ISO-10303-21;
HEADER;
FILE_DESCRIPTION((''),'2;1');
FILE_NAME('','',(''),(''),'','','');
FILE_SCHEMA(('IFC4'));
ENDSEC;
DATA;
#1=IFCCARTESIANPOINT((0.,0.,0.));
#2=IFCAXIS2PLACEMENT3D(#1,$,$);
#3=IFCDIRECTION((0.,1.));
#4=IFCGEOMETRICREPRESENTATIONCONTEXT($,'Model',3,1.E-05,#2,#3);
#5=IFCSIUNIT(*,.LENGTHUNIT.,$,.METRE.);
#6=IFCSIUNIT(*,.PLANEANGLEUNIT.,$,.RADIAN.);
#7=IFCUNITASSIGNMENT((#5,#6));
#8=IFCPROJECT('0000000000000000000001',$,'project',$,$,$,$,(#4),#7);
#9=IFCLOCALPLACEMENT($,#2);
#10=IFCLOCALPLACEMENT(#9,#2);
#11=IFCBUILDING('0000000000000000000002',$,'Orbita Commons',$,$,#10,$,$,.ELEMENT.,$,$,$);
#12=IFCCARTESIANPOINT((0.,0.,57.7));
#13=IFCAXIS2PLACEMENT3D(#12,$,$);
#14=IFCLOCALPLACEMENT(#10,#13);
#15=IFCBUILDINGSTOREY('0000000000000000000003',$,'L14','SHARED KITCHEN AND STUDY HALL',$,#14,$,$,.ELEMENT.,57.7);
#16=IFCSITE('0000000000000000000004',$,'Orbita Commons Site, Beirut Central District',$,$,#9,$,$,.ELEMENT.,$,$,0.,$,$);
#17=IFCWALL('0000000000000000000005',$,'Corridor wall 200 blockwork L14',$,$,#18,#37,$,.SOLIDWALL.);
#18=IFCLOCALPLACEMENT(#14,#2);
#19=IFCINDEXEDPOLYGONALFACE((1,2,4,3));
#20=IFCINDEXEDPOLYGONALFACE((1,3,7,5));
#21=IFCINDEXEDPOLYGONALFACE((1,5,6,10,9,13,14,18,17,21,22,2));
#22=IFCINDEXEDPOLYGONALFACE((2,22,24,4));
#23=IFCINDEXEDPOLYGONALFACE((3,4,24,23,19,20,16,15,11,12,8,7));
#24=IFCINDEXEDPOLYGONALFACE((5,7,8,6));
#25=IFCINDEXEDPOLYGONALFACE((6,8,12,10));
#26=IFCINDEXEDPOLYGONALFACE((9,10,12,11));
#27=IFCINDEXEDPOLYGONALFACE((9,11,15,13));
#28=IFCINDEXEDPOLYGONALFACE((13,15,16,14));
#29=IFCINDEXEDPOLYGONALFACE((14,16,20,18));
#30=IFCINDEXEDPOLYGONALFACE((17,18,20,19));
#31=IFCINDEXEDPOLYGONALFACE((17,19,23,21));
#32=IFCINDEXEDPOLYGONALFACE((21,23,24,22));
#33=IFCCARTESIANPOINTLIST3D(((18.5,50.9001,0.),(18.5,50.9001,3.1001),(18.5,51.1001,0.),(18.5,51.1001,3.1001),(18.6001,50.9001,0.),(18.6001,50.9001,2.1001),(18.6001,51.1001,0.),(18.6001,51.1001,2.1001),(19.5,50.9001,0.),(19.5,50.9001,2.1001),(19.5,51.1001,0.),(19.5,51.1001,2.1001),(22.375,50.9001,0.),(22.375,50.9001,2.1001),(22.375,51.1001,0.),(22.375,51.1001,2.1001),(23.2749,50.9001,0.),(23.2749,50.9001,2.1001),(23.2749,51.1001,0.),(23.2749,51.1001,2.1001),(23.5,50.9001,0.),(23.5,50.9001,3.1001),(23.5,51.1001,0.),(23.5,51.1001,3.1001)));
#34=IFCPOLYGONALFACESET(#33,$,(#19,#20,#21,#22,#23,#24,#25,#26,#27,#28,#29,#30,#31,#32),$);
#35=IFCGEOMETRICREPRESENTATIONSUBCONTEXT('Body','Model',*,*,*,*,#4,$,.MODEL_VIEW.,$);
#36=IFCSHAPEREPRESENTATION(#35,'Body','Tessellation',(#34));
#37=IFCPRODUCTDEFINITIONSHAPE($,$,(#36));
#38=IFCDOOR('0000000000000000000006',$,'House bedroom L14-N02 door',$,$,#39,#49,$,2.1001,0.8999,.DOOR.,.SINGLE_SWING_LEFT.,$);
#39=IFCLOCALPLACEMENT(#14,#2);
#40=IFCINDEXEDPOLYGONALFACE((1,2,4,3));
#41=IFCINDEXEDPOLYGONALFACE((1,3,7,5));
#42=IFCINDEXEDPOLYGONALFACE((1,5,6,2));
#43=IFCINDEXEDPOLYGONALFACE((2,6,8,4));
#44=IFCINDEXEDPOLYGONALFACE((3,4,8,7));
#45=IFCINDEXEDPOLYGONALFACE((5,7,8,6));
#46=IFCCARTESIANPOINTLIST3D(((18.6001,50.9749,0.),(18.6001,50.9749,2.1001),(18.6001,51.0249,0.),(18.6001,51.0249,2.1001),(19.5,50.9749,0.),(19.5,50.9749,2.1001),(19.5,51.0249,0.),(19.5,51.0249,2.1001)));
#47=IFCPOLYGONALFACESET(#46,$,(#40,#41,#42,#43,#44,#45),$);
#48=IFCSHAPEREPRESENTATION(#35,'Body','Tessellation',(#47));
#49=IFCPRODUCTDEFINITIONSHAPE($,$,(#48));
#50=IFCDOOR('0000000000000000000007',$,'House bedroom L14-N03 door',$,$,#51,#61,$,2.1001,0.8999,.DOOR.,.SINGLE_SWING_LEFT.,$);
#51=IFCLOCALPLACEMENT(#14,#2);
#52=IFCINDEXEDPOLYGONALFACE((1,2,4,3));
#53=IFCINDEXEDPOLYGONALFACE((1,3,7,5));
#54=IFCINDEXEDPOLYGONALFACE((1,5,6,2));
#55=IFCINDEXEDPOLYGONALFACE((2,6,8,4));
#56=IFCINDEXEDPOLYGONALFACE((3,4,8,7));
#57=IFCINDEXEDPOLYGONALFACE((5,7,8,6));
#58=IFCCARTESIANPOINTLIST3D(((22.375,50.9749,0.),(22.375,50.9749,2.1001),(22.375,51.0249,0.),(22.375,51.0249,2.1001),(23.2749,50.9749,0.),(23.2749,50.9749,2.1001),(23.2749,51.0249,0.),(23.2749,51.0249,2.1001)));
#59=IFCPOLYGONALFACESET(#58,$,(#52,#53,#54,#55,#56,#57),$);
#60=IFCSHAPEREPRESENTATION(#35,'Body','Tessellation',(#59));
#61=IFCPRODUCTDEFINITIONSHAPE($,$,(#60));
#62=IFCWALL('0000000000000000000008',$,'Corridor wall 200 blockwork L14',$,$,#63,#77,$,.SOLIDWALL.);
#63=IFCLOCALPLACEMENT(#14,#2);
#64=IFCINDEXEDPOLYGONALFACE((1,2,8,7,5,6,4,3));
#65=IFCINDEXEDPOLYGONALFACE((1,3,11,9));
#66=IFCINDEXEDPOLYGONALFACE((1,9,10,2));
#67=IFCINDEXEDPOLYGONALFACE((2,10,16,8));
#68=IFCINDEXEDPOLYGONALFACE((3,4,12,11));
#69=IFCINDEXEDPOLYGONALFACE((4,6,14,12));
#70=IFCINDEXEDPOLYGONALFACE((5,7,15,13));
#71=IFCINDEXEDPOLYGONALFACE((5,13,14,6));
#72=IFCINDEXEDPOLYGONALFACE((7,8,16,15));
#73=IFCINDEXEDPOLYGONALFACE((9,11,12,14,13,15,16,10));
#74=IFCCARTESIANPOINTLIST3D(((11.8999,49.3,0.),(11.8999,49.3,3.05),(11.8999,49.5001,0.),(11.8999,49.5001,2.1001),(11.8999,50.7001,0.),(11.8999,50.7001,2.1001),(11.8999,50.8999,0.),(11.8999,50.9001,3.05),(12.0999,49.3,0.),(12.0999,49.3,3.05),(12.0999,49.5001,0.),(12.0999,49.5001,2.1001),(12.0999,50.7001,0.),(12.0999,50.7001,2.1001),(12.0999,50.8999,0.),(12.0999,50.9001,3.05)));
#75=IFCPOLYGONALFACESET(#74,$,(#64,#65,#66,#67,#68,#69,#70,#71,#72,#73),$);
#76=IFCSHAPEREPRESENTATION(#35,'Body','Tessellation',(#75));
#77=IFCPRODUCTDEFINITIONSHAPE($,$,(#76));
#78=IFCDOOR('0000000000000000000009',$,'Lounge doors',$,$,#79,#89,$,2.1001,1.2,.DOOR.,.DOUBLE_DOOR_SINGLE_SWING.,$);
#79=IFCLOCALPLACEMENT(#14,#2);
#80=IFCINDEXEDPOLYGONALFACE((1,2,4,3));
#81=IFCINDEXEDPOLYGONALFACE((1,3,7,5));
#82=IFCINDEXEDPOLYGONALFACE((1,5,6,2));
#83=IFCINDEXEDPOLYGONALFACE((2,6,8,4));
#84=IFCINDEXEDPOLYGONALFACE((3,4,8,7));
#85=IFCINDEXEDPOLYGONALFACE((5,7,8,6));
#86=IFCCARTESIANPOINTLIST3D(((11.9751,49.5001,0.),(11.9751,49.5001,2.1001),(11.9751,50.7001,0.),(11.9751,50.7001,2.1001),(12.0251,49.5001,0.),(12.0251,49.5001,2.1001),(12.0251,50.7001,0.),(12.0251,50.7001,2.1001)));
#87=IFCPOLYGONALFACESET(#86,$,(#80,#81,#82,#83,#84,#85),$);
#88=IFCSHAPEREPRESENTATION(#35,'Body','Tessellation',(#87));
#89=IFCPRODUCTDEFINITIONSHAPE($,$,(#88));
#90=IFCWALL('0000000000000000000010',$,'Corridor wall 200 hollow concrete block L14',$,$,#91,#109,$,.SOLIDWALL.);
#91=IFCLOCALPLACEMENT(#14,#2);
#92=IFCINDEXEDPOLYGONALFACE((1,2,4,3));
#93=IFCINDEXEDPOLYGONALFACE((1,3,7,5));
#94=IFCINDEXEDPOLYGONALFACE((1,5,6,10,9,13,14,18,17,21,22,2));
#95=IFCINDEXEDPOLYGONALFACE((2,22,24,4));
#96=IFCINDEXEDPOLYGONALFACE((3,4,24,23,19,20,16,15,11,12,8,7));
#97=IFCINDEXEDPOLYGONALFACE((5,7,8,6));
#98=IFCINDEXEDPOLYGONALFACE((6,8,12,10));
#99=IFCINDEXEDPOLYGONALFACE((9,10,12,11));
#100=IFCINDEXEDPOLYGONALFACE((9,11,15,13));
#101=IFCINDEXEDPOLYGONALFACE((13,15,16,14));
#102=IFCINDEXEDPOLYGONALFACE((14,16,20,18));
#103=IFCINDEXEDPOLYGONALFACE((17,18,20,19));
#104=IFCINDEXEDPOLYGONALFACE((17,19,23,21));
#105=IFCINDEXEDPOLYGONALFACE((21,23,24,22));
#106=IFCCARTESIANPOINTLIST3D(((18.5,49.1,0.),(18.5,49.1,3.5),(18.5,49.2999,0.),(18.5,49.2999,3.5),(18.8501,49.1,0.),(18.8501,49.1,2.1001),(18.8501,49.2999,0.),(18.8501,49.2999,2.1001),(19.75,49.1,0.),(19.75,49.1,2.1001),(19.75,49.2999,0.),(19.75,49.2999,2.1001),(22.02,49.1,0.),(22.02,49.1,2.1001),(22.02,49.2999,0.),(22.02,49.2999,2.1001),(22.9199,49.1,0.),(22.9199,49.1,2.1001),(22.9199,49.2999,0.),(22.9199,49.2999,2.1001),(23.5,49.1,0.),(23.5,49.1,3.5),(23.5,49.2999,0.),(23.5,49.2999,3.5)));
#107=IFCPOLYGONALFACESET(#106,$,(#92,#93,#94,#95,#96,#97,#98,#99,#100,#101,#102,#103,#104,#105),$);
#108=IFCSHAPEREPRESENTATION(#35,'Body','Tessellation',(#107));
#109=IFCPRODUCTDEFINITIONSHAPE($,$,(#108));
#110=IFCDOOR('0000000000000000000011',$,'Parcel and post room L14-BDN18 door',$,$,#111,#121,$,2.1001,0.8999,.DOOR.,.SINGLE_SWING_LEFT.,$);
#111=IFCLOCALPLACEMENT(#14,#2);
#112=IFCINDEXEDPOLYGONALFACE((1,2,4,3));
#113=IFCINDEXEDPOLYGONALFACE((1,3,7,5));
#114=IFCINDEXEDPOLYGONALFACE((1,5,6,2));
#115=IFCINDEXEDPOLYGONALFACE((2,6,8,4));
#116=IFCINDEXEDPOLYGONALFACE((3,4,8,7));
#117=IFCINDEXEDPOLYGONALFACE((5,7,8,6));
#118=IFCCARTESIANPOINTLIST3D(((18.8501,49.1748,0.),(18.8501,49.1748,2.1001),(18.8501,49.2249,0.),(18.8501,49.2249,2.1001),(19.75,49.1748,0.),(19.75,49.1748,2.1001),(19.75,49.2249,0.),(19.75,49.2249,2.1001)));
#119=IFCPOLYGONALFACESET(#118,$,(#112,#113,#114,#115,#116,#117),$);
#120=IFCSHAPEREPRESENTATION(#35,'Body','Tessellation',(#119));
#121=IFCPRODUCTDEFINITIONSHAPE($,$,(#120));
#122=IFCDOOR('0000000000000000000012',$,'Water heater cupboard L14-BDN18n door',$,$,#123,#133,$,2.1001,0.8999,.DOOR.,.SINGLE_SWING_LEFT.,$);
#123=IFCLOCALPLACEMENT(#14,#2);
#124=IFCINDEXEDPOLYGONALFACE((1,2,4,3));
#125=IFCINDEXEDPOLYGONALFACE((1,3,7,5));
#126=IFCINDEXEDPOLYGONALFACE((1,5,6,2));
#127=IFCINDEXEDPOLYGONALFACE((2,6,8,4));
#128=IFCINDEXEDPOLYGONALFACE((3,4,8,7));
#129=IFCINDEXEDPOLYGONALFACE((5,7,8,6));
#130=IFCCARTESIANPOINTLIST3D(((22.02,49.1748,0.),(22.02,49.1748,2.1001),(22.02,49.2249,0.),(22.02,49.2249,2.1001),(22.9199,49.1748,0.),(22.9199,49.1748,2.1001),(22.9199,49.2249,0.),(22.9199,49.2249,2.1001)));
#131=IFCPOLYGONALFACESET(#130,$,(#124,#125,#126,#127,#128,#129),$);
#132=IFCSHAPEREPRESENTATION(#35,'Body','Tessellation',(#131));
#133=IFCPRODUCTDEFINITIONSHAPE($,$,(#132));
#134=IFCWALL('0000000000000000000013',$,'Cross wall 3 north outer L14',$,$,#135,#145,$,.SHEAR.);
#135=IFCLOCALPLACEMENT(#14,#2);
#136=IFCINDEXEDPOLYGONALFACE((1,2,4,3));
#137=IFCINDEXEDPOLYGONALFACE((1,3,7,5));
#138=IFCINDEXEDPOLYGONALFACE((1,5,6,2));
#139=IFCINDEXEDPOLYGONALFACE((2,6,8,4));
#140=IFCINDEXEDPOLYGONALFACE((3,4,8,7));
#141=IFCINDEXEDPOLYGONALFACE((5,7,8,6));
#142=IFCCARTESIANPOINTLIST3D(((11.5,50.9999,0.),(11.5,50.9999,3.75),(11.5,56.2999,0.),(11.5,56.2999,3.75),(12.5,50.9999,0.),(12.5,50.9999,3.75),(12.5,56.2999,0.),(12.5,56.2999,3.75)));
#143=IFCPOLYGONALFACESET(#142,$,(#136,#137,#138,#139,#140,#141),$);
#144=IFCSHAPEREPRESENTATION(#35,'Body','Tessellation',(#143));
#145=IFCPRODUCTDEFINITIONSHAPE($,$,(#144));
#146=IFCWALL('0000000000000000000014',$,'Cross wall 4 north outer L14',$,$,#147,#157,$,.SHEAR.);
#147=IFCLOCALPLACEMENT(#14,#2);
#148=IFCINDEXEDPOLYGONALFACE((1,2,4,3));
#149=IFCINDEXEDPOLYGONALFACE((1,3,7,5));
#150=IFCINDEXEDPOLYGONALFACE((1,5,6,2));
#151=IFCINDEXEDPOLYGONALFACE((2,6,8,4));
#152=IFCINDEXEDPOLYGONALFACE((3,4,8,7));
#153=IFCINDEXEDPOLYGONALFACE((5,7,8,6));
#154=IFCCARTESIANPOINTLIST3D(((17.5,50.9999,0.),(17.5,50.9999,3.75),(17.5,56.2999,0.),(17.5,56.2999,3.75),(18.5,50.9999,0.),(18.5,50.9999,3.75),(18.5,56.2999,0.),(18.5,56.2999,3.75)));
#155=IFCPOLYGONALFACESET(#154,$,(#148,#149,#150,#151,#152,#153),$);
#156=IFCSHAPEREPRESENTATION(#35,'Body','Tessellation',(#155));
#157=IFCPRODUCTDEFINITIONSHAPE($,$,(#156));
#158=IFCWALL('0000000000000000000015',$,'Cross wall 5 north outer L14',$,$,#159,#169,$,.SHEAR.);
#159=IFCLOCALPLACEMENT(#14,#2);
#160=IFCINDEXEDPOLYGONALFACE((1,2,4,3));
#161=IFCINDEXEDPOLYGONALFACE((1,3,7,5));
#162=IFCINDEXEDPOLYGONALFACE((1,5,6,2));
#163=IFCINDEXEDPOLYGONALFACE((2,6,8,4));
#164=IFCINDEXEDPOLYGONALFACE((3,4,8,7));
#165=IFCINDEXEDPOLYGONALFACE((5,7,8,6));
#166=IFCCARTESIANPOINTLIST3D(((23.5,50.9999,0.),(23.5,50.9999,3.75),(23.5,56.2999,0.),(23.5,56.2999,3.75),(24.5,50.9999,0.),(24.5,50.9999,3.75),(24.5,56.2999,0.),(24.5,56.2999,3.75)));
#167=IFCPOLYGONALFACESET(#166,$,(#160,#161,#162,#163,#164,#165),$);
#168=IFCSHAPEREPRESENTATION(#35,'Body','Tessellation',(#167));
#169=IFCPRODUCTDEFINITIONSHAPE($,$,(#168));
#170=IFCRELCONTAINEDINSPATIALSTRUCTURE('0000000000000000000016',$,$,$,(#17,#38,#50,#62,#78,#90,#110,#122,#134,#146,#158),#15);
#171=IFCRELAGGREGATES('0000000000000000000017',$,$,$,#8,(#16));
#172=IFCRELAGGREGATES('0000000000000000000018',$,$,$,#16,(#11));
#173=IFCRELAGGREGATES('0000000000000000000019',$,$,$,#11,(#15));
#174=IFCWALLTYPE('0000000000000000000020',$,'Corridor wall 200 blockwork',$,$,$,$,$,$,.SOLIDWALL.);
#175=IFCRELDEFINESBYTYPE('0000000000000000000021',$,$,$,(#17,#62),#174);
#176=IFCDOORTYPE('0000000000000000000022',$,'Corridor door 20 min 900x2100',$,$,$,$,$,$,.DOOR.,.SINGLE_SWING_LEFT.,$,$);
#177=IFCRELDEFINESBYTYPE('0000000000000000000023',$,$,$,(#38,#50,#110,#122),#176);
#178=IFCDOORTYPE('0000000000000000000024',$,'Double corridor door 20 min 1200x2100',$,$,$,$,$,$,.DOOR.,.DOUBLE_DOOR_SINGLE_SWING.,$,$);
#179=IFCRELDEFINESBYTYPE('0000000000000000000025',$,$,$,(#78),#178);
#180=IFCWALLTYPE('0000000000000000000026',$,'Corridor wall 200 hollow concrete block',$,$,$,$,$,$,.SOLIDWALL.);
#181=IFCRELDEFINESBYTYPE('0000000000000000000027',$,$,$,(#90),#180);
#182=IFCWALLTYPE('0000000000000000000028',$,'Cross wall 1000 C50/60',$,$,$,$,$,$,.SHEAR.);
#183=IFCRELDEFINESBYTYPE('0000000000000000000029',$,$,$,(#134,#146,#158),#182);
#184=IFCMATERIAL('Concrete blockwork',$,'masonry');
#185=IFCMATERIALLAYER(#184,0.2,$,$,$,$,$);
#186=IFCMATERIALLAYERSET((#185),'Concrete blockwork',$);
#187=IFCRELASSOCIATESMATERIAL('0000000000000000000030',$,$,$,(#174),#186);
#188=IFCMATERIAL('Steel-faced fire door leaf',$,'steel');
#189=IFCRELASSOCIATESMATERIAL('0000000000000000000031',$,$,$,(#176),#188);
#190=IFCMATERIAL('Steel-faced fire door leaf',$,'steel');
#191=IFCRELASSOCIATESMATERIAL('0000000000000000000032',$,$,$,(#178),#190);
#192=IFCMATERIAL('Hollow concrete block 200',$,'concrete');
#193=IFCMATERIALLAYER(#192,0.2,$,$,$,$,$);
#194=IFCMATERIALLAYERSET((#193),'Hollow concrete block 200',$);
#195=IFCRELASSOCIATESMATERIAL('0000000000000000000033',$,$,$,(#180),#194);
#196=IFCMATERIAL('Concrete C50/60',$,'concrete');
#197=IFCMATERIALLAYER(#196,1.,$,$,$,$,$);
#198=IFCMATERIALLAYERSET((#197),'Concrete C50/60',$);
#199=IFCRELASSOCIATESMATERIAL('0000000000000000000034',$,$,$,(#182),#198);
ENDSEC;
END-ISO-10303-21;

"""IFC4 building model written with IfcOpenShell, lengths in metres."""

from ifc_helpers import new_model, si_unit, direction, frame, frame_2d, origin, place, context, subcontext, project, spatial, polyline, rectangle, outline, extrude, material, layer, layer_set, type_object, element, fill, save


model = new_model("IFC4")

# Units and contexts
model_context = context("Model", 3, precision=1e-05, world=origin(), true_north=direction((0.0, 1.0)))
body_context = subcontext(model_context, "Body", "Model", "MODEL_VIEW")
ifc_project = project(units=[si_unit("LENGTHUNIT", "METRE"), si_unit("PLANEANGLEUNIT", "RADIAN")], contexts=[model_context])

# Site, building, storey
site_placement = place(None, origin())
site = spatial("IfcSite", under=ifc_project, at=site_placement, Name="Orbita Commons Site, Beirut Central District", CompositionType="ELEMENT", RefElevation=0.0)
building_placement = place(site_placement, origin())
building = spatial("IfcBuilding", under=site, at=building_placement, Name="Orbita Commons", CompositionType="ELEMENT")
storey_placement = place(building_placement, frame((0.0, 0.0, 57.7)))
storey = spatial("IfcBuildingStorey", under=building, at=storey_placement, Name="L14", Description="SHARED KITCHEN AND STUDY HALL", CompositionType="ELEMENT", Elevation=57.7)

# Shared definitions
ifc_material_1 = material(Name="Concrete blockwork", Category="masonry")
ifc_layer_1 = layer(ifc_material_1, 0.2)
ifc_layer_set_1 = layer_set([ifc_layer_1], Name="Concrete blockwork")
wall_type_1 = type_object("IfcWallType", Name="Corridor wall 200 blockwork", PredefinedType="SOLIDWALL", material=ifc_layer_set_1)

# Wall, openings, doors
wall_1_placement = place(storey_placement, frame((18.5, 51.0, 0.0), z_axis=(0.0, 0.0, 1.0), x_axis=(1.0, 0.0, 0.0)))
wall_1 = element("IfcWall", 1, at=wall_1_placement, inside=storey, type_object=wall_type_1, Name="Corridor wall 200 blockwork L14", PredefinedType="SOLIDWALL", context=body_context, shape_type="SweptSolid", body=[
    extrude(outline(polyline([(0.0, 0.0), (5.0, 0.0), (5.0, 3.1001), (0.0, 3.1001), (0.0, 0.0)])), frame((0.0, 0.1001, 0.0), z_axis=(0.0, -1.0, 0.0), x_axis=(1.0, 0.0, 0.0)), (0.0, 0.0, 1.0), 0.2),
])
opening_1_placement = place(wall_1_placement, frame((0.1001, 0.0, 0.0)))
opening_1 = element("IfcOpeningElement", 2, at=opening_1_placement, cuts=wall_1, PredefinedType="OPENING", context=body_context, shape_type="SweptSolid", body=[
    extrude(rectangle(XDim=0.8999, YDim=2.1001, at=frame_2d((0.45, 1.05))), frame((0.0, 0.1099, 0.0), z_axis=(0.0, -1.0, 0.0), x_axis=(1.0, 0.0, 0.0)), (0.0, 0.0, 1.0), 0.22),
])
opening_2_placement = place(wall_1_placement, frame((3.875, 0.0, 0.0)))
opening_2 = element("IfcOpeningElement", 3, at=opening_2_placement, cuts=wall_1, PredefinedType="OPENING", context=body_context, shape_type="SweptSolid", body=[
    extrude(rectangle(XDim=0.8999, YDim=2.1001, at=frame_2d((0.45, 1.05))), frame((0.0, 0.1099, 0.0), z_axis=(0.0, -1.0, 0.0), x_axis=(1.0, 0.0, 0.0)), (0.0, 0.0, 1.0), 0.22),
])
ifc_material_2 = material(Name="Steel-faced fire door leaf", Category="steel")
door_type_1 = type_object("IfcDoorType", Name="Corridor door 20 min 900x2100", OperationType="SINGLE_SWING_LEFT", PredefinedType="DOOR", material=ifc_material_2)
door_1_placement = place(opening_1_placement, origin())
door_1 = element("IfcDoor", 4, at=door_1_placement, inside=storey, type_object=door_type_1, Name="House bedroom L14-N02 door", OperationType="SINGLE_SWING_LEFT", OverallHeight=2.1001, OverallWidth=0.8999, PredefinedType="DOOR", context=body_context, shape_type="SweptSolid", body=[
    extrude(rectangle(XDim=0.8999, YDim=2.1001, at=frame_2d((0.45, 1.05))), frame((0.0, 0.0249, 0.0), z_axis=(0.0, -1.0, 0.0), x_axis=(1.0, 0.0, 0.0)), (0.0, 0.0, 1.0), 0.05),
])
fill(opening_1, door_1)
door_2_placement = place(opening_2_placement, origin())
door_2 = element("IfcDoor", 5, at=door_2_placement, inside=storey, type_object=door_type_1, Name="House bedroom L14-N03 door", OperationType="SINGLE_SWING_LEFT", OverallHeight=2.1001, OverallWidth=0.8999, PredefinedType="DOOR", context=body_context, shape_type="SweptSolid", body=[
    extrude(rectangle(XDim=0.8999, YDim=2.1001, at=frame_2d((0.45, 1.05))), frame((0.0, 0.0249, 0.0), z_axis=(0.0, -1.0, 0.0), x_axis=(1.0, 0.0, 0.0)), (0.0, 0.0, 1.0), 0.05),
])
fill(opening_2, door_2)

# Wall, opening, door
wall_2_placement = place(storey_placement, frame((12.0, 49.3, 0.0), z_axis=(0.0, 0.0, 1.0), x_axis=(0.0, 1.0, 0.0)))
wall_2 = element("IfcWall", 6, at=wall_2_placement, inside=storey, type_object=wall_type_1, Name="Corridor wall 200 blockwork L14", PredefinedType="SOLIDWALL", context=body_context, shape_type="SweptSolid", body=[
    extrude(outline(polyline([(0.0, 0.0), (1.5999, 0.0), (1.6001, 3.05), (0.0, 3.05), (0.0, 0.0)])), frame((0.0, 0.1001, 0.0), z_axis=(0.0, -1.0, 0.0), x_axis=(1.0, 0.0, 0.0)), (0.0, 0.0, 1.0), 0.2),
])
opening_3_placement = place(wall_2_placement, frame((0.2, 0.0, 0.0)))
opening_3 = element("IfcOpeningElement", 7, at=opening_3_placement, cuts=wall_2, PredefinedType="OPENING", context=body_context, shape_type="SweptSolid", body=[
    extrude(rectangle(XDim=1.2, YDim=2.1001, at=frame_2d((0.6001, 1.05))), frame((0.0, 0.1099, 0.0), z_axis=(0.0, -1.0, 0.0), x_axis=(1.0, 0.0, 0.0)), (0.0, 0.0, 1.0), 0.22),
])
ifc_material_3 = material(Name="Steel-faced fire door leaf", Category="steel")
door_type_2 = type_object("IfcDoorType", Name="Double corridor door 20 min 1200x2100", OperationType="DOUBLE_DOOR_SINGLE_SWING", PredefinedType="DOOR", material=ifc_material_3)
door_3_placement = place(opening_3_placement, origin())
door_3 = element("IfcDoor", 8, at=door_3_placement, inside=storey, type_object=door_type_2, Name="Lounge doors", OperationType="DOUBLE_DOOR_SINGLE_SWING", OverallHeight=2.1001, OverallWidth=1.2, PredefinedType="DOOR", context=body_context, shape_type="SweptSolid", body=[
    extrude(rectangle(XDim=1.2, YDim=2.1001, at=frame_2d((0.6001, 1.05))), frame((0.0, 0.0249, 0.0), z_axis=(0.0, -1.0, 0.0), x_axis=(1.0, 0.0, 0.0)), (0.0, 0.0, 1.0), 0.05),
])
fill(opening_3, door_3)

# Wall, openings, doors
ifc_material_4 = material(Name="Hollow concrete block 200", Category="concrete")
ifc_layer_2 = layer(ifc_material_4, 0.2)
ifc_layer_set_2 = layer_set([ifc_layer_2], Name="Hollow concrete block 200")
wall_type_2 = type_object("IfcWallType", Name="Corridor wall 200 hollow concrete block", PredefinedType="SOLIDWALL", material=ifc_layer_set_2)
wall_3_placement = place(storey_placement, frame((18.5, 49.2, 0.0), z_axis=(0.0, 0.0, 1.0), x_axis=(1.0, 0.0, 0.0)))
wall_3 = element("IfcWall", 9, at=wall_3_placement, inside=storey, type_object=wall_type_2, Name="Corridor wall 200 hollow concrete block L14", PredefinedType="SOLIDWALL", context=body_context, shape_type="SweptSolid", body=[
    extrude(rectangle(XDim=5.0, YDim=0.2, at=frame_2d((2.5, 0.0))), origin(), (0.0, 0.0, 1.0), 3.5),
])
opening_4_placement = place(wall_3_placement, frame((0.3501, 0.0, 0.0)))
opening_4 = element("IfcOpeningElement", 10, at=opening_4_placement, cuts=wall_3, PredefinedType="OPENING", context=body_context, shape_type="SweptSolid", body=[
    extrude(rectangle(XDim=0.8999, YDim=2.1001, at=frame_2d((0.45, 1.05))), frame((0.0, 0.1099, 0.0), z_axis=(0.0, -1.0, 0.0), x_axis=(1.0, 0.0, 0.0)), (0.0, 0.0, 1.0), 0.22),
])
opening_5_placement = place(wall_3_placement, frame((3.52, 0.0, 0.0)))
opening_5 = element("IfcOpeningElement", 11, at=opening_5_placement, cuts=wall_3, PredefinedType="OPENING", context=body_context, shape_type="SweptSolid", body=[
    extrude(rectangle(XDim=0.8999, YDim=2.1001, at=frame_2d((0.45, 1.05))), frame((0.0, 0.1099, 0.0), z_axis=(0.0, -1.0, 0.0), x_axis=(1.0, 0.0, 0.0)), (0.0, 0.0, 1.0), 0.22),
])
door_4_placement = place(opening_4_placement, origin())
door_4 = element("IfcDoor", 12, at=door_4_placement, inside=storey, type_object=door_type_1, Name="Parcel and post room L14-BDN18 door", OperationType="SINGLE_SWING_LEFT", OverallHeight=2.1001, OverallWidth=0.8999, PredefinedType="DOOR", context=body_context, shape_type="SweptSolid", body=[
    extrude(rectangle(XDim=0.8999, YDim=2.1001, at=frame_2d((0.45, 1.05))), frame((0.0, 0.0249, 0.0), z_axis=(0.0, -1.0, 0.0), x_axis=(1.0, 0.0, 0.0)), (0.0, 0.0, 1.0), 0.05),
])
fill(opening_4, door_4)
door_5_placement = place(opening_5_placement, origin())
door_5 = element("IfcDoor", 13, at=door_5_placement, inside=storey, type_object=door_type_1, Name="Water heater cupboard L14-BDN18n door", OperationType="SINGLE_SWING_LEFT", OverallHeight=2.1001, OverallWidth=0.8999, PredefinedType="DOOR", context=body_context, shape_type="SweptSolid", body=[
    extrude(rectangle(XDim=0.8999, YDim=2.1001, at=frame_2d((0.45, 1.05))), frame((0.0, 0.0249, 0.0), z_axis=(0.0, -1.0, 0.0), x_axis=(1.0, 0.0, 0.0)), (0.0, 0.0, 1.0), 0.05),
])
fill(opening_5, door_5)

# Walls
ifc_material_5 = material(Name="Concrete C50/60", Category="concrete")
ifc_layer_3 = layer(ifc_material_5, 1.0)
ifc_layer_set_3 = layer_set([ifc_layer_3], Name="Concrete C50/60")
wall_type_3 = type_object("IfcWallType", Name="Cross wall 1000 C50/60", PredefinedType="SHEAR", material=ifc_layer_set_3)
for number, where, z_axis, x_axis, name in (
    (14, (12.0, 51.0, 0.0), (0.0, 0.0, 1.0), (0.0, 1.0, 0.0), "Cross wall 3 north outer L14"),
    (15, (18.0, 51.0, 0.0), (0.0, 0.0, 1.0), (0.0, 1.0, 0.0), "Cross wall 4 north outer L14"),
    (16, (24.0, 51.0, 0.0), (0.0, 0.0, 1.0), (0.0, 1.0, 0.0), "Cross wall 5 north outer L14"),
):
    element("IfcWall", number, at=place(storey_placement, frame(where, z_axis=z_axis, x_axis=x_axis)), inside=storey, type_object=wall_type_3, Name=name, PredefinedType="SHEAR", context=body_context, shape_type="SweptSolid", body=[
        extrude(rectangle(XDim=5.3, YDim=1.0, at=frame_2d((2.6499, 0.0))), origin(), (0.0, 0.0, 1.0), 3.75),
    ])

save(model, "model.ifc")
